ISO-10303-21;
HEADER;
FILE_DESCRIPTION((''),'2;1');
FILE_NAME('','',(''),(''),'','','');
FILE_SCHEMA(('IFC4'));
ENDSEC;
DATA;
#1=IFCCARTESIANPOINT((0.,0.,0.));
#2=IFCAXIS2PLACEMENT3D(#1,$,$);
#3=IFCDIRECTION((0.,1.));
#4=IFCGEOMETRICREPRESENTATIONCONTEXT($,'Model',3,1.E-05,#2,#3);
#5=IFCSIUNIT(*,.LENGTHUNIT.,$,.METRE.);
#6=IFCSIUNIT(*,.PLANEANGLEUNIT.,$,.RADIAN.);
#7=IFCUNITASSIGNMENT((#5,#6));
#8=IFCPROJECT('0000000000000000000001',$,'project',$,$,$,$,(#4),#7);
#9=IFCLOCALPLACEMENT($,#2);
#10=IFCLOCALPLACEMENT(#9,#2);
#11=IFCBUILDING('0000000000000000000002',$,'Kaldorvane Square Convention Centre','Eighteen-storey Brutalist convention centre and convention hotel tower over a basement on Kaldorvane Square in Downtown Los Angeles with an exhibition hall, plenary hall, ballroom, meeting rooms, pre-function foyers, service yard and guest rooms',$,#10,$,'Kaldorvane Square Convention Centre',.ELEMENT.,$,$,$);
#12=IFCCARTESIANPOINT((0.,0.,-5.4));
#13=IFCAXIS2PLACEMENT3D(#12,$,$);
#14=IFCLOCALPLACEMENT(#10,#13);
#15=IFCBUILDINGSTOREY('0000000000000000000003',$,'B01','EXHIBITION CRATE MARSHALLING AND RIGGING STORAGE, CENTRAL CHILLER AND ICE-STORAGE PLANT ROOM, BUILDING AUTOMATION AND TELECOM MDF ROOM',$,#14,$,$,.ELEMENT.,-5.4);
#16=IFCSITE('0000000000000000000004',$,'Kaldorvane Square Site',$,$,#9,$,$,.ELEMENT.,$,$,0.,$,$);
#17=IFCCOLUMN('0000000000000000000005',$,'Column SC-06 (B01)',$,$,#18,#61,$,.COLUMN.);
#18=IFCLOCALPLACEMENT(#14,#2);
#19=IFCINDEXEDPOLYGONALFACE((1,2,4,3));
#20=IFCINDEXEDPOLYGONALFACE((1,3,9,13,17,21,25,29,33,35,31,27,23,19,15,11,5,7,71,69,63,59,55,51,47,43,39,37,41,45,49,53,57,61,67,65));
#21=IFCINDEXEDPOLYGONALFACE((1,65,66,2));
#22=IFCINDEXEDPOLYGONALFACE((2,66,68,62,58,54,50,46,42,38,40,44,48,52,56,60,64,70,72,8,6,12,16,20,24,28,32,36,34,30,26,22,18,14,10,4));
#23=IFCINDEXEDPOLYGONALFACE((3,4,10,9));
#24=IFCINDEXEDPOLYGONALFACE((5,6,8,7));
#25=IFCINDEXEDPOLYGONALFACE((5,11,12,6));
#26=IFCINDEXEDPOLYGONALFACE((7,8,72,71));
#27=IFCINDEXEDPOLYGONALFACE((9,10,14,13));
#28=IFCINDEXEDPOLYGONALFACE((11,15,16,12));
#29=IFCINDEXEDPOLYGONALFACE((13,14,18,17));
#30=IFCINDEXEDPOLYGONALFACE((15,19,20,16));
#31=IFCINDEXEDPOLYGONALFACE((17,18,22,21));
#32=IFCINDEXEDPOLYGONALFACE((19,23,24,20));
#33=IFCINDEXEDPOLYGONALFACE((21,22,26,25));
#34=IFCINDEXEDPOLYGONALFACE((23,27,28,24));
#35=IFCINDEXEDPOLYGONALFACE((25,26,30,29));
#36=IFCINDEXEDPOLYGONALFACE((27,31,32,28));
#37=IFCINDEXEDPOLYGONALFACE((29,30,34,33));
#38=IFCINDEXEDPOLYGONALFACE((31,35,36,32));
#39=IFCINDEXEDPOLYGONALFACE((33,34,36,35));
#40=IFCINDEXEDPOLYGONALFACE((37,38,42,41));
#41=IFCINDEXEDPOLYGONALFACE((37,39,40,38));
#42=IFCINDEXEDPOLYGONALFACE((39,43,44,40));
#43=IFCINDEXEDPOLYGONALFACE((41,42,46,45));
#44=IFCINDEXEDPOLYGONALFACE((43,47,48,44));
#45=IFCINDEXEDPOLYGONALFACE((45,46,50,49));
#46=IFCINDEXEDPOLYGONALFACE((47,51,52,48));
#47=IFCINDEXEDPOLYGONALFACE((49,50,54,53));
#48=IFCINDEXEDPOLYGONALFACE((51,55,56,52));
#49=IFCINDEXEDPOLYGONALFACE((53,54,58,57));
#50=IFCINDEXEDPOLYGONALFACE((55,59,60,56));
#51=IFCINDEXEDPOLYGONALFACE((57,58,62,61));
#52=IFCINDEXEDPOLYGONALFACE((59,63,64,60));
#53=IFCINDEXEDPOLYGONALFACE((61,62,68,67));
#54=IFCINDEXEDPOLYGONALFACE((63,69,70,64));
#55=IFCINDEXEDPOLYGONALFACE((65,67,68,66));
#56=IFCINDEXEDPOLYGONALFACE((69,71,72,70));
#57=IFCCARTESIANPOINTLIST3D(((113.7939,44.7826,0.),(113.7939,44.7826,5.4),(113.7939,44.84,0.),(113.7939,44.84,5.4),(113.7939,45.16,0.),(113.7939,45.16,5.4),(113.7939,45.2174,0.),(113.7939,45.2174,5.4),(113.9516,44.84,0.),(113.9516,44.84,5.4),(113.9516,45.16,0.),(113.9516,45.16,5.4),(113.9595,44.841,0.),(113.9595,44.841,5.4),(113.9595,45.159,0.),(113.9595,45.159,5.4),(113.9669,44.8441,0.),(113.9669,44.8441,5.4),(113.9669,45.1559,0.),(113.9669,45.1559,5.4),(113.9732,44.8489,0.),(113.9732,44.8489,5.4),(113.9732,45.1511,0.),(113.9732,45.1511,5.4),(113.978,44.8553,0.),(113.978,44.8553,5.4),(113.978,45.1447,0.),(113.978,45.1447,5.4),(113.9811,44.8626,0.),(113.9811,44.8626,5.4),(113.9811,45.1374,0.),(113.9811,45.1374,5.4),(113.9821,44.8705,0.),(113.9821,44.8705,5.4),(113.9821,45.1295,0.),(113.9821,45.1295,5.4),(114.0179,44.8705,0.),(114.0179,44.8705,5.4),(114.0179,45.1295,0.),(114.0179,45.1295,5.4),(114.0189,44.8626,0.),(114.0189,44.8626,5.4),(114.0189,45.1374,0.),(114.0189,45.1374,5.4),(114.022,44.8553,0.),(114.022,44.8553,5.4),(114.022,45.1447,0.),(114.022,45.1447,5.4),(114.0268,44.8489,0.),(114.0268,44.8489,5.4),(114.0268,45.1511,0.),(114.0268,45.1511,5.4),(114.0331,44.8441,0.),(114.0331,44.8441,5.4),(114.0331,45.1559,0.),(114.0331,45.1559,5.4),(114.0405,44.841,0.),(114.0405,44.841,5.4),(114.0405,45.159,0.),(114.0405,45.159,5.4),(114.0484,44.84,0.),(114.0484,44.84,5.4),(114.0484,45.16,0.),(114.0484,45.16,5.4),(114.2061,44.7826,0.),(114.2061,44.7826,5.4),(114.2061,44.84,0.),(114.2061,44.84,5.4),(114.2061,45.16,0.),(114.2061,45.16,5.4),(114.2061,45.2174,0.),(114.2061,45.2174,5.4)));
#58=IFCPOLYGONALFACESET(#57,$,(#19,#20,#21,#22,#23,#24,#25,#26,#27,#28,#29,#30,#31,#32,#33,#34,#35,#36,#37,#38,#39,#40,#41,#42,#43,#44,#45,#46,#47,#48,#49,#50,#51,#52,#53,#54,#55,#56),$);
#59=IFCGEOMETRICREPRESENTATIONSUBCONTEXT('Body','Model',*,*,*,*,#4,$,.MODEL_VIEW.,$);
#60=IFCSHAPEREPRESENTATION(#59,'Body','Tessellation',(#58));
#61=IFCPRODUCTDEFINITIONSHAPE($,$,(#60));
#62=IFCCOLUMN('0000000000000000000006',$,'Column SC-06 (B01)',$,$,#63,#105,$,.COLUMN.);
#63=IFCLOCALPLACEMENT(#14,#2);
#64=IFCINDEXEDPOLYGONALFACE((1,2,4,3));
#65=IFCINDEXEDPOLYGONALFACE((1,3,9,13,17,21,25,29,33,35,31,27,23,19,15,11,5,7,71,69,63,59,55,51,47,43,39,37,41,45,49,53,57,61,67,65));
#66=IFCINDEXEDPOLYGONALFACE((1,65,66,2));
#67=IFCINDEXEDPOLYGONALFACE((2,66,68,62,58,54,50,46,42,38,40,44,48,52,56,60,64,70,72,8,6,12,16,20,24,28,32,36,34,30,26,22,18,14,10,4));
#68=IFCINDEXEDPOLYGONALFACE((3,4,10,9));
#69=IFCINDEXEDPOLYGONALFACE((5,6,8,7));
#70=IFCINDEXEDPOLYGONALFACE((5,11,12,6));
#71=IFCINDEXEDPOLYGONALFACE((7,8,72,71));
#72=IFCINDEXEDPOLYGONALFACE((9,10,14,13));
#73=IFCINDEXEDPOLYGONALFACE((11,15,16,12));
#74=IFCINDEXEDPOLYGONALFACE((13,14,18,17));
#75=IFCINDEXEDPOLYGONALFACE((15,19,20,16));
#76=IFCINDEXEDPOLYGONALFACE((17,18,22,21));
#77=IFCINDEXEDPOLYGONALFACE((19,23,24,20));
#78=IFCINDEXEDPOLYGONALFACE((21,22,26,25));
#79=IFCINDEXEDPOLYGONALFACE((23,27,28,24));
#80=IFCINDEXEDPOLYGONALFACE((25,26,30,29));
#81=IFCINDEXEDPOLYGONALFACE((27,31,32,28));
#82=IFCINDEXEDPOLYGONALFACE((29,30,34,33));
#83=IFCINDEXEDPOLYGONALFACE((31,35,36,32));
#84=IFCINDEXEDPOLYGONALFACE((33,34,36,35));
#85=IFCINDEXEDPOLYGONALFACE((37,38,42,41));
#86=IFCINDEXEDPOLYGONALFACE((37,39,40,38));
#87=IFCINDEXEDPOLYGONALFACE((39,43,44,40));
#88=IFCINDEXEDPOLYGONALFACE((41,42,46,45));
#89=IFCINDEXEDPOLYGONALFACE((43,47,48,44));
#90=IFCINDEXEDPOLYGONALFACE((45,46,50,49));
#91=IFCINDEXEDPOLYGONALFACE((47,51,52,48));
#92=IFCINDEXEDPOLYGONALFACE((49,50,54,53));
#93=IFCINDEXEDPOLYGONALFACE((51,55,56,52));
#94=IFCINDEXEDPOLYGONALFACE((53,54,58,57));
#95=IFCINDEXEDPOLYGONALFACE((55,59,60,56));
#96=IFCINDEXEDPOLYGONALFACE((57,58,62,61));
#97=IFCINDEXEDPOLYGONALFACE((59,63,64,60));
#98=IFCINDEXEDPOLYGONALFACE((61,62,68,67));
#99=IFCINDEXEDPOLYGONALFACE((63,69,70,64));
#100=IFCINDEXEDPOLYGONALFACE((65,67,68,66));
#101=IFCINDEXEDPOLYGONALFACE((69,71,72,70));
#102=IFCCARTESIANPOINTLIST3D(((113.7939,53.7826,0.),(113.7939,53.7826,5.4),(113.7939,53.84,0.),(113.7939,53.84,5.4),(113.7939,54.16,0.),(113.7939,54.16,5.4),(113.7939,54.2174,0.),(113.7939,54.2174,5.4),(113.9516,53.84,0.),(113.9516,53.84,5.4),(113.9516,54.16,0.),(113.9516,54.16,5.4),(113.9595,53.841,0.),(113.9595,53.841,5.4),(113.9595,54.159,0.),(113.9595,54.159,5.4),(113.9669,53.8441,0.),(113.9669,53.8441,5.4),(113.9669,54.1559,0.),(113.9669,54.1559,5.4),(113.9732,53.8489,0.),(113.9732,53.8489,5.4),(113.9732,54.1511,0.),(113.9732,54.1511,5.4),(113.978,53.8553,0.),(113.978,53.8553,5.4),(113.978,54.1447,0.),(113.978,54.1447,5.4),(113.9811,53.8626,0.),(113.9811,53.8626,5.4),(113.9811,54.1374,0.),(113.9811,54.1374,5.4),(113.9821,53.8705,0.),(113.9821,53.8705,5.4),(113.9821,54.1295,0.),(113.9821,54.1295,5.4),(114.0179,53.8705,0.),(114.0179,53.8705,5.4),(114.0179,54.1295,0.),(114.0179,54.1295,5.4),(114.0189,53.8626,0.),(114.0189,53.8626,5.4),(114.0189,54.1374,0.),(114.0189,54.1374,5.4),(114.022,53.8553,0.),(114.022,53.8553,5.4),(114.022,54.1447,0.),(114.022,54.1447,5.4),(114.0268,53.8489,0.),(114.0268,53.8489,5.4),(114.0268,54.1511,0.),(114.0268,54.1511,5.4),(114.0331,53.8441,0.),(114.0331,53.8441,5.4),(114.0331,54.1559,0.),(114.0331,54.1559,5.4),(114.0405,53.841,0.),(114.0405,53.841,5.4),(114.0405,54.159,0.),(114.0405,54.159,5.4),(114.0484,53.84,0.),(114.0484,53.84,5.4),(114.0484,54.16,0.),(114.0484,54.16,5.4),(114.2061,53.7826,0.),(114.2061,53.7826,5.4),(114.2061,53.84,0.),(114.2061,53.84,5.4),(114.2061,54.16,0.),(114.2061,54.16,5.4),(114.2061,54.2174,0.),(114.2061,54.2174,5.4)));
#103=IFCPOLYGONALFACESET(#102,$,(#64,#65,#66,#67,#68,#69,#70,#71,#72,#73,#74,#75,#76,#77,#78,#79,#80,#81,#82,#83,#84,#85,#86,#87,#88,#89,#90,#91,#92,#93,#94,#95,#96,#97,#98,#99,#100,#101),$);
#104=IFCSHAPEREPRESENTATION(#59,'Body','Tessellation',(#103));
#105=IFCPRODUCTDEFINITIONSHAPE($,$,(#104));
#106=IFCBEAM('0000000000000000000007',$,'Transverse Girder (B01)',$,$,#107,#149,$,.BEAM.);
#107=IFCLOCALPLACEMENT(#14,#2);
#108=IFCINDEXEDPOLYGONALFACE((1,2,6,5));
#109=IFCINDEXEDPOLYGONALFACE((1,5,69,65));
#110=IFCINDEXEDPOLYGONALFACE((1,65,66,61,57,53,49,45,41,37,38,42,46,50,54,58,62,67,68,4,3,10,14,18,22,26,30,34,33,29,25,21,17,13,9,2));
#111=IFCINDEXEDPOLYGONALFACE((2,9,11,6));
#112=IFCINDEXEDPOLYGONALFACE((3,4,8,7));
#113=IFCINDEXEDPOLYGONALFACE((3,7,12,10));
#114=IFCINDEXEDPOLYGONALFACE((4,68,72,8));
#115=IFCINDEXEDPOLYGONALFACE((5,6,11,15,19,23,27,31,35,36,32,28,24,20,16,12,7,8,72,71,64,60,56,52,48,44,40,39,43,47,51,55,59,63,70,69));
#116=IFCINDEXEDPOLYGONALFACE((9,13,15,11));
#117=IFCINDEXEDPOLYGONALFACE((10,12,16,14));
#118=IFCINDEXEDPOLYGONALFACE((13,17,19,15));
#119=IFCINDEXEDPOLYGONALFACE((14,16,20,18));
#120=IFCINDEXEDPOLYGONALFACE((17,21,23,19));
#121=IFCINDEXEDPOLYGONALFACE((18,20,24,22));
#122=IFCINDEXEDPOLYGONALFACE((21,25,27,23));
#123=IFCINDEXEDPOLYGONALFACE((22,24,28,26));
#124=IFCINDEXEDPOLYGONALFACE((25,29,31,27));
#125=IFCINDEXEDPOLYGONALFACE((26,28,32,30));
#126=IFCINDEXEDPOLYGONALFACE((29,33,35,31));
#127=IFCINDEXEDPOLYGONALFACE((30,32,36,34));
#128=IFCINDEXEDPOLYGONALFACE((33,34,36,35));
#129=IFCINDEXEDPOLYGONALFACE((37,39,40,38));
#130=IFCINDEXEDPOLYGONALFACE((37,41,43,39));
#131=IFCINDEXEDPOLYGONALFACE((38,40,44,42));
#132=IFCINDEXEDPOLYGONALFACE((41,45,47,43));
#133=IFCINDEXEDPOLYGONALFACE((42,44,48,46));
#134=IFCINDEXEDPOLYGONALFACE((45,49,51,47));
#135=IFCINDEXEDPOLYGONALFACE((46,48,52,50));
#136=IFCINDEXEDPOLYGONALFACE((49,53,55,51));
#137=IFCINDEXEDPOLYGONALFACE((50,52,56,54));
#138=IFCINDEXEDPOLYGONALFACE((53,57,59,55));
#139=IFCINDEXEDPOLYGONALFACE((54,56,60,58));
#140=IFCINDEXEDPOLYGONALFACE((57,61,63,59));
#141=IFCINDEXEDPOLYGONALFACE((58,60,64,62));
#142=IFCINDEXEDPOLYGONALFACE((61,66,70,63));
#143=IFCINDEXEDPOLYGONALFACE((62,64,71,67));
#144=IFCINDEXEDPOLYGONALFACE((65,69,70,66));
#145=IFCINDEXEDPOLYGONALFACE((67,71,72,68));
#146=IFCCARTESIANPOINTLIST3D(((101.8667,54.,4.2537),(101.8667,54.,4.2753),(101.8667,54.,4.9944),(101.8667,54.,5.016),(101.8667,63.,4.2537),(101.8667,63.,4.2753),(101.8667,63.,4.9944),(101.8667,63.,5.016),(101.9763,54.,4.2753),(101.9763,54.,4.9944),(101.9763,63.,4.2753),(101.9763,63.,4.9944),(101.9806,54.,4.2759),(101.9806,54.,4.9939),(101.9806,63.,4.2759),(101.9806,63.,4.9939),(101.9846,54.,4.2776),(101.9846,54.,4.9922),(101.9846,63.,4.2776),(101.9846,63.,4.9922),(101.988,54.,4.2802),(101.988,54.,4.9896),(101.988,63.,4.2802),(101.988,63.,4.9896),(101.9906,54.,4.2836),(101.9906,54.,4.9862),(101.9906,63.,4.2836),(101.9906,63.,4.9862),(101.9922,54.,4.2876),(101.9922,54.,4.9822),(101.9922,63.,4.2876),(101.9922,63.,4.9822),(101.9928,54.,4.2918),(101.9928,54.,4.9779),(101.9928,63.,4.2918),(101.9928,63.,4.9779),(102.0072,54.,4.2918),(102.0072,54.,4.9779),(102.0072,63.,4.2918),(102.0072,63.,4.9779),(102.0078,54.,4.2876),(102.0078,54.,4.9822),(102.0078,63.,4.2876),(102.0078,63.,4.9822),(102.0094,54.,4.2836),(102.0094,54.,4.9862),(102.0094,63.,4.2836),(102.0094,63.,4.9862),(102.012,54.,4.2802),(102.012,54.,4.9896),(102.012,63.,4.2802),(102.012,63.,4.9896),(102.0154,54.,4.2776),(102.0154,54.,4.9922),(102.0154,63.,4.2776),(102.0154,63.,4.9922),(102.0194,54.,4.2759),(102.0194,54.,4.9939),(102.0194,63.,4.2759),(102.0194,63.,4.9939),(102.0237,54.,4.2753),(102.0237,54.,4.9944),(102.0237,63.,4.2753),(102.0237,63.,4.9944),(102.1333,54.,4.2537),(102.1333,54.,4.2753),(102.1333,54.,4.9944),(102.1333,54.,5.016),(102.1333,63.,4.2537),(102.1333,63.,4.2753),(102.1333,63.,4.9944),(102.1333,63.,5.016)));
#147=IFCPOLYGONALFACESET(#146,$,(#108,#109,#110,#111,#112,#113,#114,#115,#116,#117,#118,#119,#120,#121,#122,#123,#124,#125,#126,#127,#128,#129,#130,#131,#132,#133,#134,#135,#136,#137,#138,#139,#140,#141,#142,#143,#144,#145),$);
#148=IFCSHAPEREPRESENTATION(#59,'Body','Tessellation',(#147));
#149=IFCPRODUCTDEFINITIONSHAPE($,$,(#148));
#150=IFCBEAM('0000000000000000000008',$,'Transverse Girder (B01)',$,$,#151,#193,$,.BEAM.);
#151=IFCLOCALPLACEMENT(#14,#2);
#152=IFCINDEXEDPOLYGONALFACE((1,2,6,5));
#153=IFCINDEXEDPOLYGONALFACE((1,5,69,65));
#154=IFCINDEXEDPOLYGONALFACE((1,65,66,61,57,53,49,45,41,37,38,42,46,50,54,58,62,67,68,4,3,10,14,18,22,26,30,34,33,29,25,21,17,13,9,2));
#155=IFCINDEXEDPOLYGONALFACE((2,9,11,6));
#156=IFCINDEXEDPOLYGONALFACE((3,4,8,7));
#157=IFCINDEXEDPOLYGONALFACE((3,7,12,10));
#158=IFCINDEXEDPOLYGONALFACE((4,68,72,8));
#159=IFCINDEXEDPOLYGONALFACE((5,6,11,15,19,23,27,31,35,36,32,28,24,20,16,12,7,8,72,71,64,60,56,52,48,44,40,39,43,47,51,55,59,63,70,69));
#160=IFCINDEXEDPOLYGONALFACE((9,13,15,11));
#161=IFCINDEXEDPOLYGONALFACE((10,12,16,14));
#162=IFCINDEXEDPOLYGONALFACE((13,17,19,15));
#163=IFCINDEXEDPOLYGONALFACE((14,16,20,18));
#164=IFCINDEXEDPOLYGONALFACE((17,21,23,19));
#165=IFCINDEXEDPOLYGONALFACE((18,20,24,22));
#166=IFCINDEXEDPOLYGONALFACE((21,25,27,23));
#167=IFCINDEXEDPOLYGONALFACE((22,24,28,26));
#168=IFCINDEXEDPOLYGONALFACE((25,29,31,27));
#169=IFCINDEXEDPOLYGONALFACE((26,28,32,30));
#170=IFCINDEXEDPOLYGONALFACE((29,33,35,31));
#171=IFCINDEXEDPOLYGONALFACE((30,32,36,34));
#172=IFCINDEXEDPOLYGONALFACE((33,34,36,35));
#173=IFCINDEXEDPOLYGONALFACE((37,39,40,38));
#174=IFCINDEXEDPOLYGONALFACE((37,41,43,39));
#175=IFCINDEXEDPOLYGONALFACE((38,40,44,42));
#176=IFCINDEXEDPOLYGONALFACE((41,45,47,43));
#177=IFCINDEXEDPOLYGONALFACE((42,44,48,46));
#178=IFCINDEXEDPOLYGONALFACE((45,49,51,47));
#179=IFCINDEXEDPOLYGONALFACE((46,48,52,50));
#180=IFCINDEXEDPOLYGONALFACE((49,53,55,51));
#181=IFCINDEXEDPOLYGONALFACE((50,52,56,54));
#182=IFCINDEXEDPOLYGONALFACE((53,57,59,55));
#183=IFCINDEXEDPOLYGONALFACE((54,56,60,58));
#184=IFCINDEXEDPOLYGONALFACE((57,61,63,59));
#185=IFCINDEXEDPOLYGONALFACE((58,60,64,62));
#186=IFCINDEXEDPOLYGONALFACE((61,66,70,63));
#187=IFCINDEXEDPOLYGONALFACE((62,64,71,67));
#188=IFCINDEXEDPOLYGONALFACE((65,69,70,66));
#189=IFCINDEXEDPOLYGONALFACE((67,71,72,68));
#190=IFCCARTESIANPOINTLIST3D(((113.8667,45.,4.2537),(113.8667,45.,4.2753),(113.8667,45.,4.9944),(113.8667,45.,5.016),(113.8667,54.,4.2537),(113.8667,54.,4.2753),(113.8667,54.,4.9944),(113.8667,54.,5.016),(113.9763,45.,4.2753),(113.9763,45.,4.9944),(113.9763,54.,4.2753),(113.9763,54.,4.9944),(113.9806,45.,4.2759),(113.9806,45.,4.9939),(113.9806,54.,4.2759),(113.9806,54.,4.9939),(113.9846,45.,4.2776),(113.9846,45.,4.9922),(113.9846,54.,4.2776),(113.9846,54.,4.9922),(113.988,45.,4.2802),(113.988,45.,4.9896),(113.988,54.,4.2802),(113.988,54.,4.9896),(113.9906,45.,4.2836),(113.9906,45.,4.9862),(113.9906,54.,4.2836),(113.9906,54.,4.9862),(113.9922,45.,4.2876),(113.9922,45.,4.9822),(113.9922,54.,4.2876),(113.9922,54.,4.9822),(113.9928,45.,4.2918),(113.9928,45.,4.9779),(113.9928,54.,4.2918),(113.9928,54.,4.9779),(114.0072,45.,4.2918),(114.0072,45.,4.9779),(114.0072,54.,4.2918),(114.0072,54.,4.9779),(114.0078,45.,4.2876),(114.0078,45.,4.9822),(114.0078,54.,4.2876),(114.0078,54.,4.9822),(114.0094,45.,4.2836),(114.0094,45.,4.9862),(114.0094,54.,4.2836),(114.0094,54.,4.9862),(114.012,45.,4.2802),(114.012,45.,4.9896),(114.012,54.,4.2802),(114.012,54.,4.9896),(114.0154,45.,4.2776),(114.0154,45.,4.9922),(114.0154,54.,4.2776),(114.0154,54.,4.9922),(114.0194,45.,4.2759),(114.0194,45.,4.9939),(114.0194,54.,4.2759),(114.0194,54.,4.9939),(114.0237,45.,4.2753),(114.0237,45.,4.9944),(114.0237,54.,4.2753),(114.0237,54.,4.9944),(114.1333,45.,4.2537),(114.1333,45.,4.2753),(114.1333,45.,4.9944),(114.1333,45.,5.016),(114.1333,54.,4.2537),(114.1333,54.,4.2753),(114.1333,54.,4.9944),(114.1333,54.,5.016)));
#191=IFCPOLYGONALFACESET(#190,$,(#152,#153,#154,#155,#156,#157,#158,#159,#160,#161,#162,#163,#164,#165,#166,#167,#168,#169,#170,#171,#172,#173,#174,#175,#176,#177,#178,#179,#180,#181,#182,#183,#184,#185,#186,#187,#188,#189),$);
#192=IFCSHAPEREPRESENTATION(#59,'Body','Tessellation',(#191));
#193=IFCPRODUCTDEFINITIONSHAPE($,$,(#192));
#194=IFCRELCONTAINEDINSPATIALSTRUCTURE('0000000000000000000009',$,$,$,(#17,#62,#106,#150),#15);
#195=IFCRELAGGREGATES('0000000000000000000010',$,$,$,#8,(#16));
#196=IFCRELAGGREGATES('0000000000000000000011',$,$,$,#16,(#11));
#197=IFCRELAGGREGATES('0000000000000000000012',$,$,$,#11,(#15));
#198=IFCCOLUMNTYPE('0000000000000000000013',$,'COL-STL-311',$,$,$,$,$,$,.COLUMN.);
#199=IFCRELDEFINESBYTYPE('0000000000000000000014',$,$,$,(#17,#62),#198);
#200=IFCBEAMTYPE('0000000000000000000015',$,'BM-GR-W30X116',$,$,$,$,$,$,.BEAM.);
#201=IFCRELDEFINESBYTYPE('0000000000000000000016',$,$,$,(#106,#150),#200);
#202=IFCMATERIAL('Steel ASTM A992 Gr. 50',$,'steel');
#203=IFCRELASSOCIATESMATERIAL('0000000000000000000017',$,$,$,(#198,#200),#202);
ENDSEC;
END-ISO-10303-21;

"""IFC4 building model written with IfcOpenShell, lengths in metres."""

from ifc_helpers import new_model, si_unit, direction, frame, origin, origin_2d, place, context, subcontext, project, spatial, i_section, extrude, material, material_profile, profile_set, type_object, element, save


model = new_model("IFC4")

# Units and contexts
model_context = context("Model", 3, precision=1e-05, world=origin(), true_north=direction((0.0, 1.0)))
body_context = subcontext(model_context, "Body", "Model", "MODEL_VIEW")
ifc_project = project(units=[si_unit("LENGTHUNIT", "METRE"), si_unit("PLANEANGLEUNIT", "RADIAN")], contexts=[model_context])

# Site, building, storey
site_placement = place(None, origin())
site = spatial("IfcSite", under=ifc_project, at=site_placement, Name="Kaldorvane Square Site", CompositionType="ELEMENT", RefElevation=0.0)
building_placement = place(site_placement, origin())
building = spatial("IfcBuilding", under=site, at=building_placement, Name="Kaldorvane Square Convention Centre", Description="Eighteen-storey Brutalist convention centre and convention hotel tower over a basement on Kaldorvane Square in Downtown Los Angeles with an exhibition hall, plenary hall, ballroom, meeting rooms, pre-function foyers, service yard and guest rooms", LongName="Kaldorvane Square Convention Centre", CompositionType="ELEMENT")
storey_placement = place(building_placement, frame((0.0, 0.0, -5.4)))
storey = spatial("IfcBuildingStorey", under=building, at=storey_placement, Name="B01", Description="EXHIBITION CRATE MARSHALLING AND RIGGING STORAGE, CENTRAL CHILLER AND ICE-STORAGE PLANT ROOM, BUILDING AUTOMATION AND TELECOM MDF ROOM", CompositionType="ELEMENT", Elevation=-5.4)

# Columns
ifc_material_1 = material(Name="Steel ASTM A992 Gr. 50", Category="steel")
ifc_material_profile_1 = material_profile(ifc_material_1, i_section(OverallWidth=0.4122, OverallDepth=0.4348, WebThickness=0.0358, FlangeThickness=0.0574, FilletRadius=0.0305, at=origin_2d()), Name="W14X311")
ifc_profile_set_1 = profile_set([ifc_material_profile_1], Name="Steel ASTM A992 Gr. 50")
column_type = type_object("IfcColumnType", Name="COL-STL-311", PredefinedType="COLUMN", material=ifc_profile_set_1)
for number, where, z_axis, x_axis, name in (
    (1, (114.0, 45.0, 0.0), (0.0, 0.0, 1.0), (1.0, 0.0, 0.0), "Column SC-06 (B01)"),
    (2, (114.0, 54.0, 0.0), (0.0, 0.0, 1.0), (1.0, 0.0, 0.0), "Column SC-06 (B01)"),
):
    element("IfcColumn", number, at=place(storey_placement, frame(where, z_axis=z_axis, x_axis=x_axis)), inside=storey, type_object=column_type, Name=name, PredefinedType="COLUMN", context=body_context, shape_type="SweptSolid", body=[
        extrude(i_section(OverallWidth=0.4122, OverallDepth=0.4348, WebThickness=0.0358, FlangeThickness=0.0574, FilletRadius=0.0305, at=origin_2d()), origin(), (0.0, 0.0, 1.0), 5.4),
    ])

# Beams
ifc_material_profile_2 = material_profile(ifc_material_1, i_section(OverallWidth=0.2666, OverallDepth=0.7623, WebThickness=0.0144, FlangeThickness=0.0216, FilletRadius=0.0165, at=origin_2d()), Name="W30X116")
ifc_profile_set_2 = profile_set([ifc_material_profile_2], Name="Steel ASTM A992 Gr. 50")
beam_type_1 = type_object("IfcBeamType", Name="BM-GR-W30X116", PredefinedType="BEAM", material=ifc_profile_set_2)
for number, where, z_axis, x_axis, name in (
    (3, (102.0, 54.0, 4.6349), (0.0, 1.0, 0.0), (-1.0, 0.0, 0.0), "Transverse Girder (B01)"),
    (4, (114.0, 45.0, 4.6349), (0.0, 1.0, 0.0), (-1.0, 0.0, 0.0), "Transverse Girder (B01)"),
):
    element("IfcBeam", number, at=place(storey_placement, frame(where, z_axis=z_axis, x_axis=x_axis)), inside=storey, type_object=beam_type_1, Name=name, PredefinedType="BEAM", context=body_context, shape_type="SweptSolid", body=[
        extrude(i_section(OverallWidth=0.2666, OverallDepth=0.7623, WebThickness=0.0144, FlangeThickness=0.0216, FilletRadius=0.0165, at=origin_2d()), origin(), (0.0, 0.0, 1.0), 9.0),
    ])

save(model, "model.ifc")
